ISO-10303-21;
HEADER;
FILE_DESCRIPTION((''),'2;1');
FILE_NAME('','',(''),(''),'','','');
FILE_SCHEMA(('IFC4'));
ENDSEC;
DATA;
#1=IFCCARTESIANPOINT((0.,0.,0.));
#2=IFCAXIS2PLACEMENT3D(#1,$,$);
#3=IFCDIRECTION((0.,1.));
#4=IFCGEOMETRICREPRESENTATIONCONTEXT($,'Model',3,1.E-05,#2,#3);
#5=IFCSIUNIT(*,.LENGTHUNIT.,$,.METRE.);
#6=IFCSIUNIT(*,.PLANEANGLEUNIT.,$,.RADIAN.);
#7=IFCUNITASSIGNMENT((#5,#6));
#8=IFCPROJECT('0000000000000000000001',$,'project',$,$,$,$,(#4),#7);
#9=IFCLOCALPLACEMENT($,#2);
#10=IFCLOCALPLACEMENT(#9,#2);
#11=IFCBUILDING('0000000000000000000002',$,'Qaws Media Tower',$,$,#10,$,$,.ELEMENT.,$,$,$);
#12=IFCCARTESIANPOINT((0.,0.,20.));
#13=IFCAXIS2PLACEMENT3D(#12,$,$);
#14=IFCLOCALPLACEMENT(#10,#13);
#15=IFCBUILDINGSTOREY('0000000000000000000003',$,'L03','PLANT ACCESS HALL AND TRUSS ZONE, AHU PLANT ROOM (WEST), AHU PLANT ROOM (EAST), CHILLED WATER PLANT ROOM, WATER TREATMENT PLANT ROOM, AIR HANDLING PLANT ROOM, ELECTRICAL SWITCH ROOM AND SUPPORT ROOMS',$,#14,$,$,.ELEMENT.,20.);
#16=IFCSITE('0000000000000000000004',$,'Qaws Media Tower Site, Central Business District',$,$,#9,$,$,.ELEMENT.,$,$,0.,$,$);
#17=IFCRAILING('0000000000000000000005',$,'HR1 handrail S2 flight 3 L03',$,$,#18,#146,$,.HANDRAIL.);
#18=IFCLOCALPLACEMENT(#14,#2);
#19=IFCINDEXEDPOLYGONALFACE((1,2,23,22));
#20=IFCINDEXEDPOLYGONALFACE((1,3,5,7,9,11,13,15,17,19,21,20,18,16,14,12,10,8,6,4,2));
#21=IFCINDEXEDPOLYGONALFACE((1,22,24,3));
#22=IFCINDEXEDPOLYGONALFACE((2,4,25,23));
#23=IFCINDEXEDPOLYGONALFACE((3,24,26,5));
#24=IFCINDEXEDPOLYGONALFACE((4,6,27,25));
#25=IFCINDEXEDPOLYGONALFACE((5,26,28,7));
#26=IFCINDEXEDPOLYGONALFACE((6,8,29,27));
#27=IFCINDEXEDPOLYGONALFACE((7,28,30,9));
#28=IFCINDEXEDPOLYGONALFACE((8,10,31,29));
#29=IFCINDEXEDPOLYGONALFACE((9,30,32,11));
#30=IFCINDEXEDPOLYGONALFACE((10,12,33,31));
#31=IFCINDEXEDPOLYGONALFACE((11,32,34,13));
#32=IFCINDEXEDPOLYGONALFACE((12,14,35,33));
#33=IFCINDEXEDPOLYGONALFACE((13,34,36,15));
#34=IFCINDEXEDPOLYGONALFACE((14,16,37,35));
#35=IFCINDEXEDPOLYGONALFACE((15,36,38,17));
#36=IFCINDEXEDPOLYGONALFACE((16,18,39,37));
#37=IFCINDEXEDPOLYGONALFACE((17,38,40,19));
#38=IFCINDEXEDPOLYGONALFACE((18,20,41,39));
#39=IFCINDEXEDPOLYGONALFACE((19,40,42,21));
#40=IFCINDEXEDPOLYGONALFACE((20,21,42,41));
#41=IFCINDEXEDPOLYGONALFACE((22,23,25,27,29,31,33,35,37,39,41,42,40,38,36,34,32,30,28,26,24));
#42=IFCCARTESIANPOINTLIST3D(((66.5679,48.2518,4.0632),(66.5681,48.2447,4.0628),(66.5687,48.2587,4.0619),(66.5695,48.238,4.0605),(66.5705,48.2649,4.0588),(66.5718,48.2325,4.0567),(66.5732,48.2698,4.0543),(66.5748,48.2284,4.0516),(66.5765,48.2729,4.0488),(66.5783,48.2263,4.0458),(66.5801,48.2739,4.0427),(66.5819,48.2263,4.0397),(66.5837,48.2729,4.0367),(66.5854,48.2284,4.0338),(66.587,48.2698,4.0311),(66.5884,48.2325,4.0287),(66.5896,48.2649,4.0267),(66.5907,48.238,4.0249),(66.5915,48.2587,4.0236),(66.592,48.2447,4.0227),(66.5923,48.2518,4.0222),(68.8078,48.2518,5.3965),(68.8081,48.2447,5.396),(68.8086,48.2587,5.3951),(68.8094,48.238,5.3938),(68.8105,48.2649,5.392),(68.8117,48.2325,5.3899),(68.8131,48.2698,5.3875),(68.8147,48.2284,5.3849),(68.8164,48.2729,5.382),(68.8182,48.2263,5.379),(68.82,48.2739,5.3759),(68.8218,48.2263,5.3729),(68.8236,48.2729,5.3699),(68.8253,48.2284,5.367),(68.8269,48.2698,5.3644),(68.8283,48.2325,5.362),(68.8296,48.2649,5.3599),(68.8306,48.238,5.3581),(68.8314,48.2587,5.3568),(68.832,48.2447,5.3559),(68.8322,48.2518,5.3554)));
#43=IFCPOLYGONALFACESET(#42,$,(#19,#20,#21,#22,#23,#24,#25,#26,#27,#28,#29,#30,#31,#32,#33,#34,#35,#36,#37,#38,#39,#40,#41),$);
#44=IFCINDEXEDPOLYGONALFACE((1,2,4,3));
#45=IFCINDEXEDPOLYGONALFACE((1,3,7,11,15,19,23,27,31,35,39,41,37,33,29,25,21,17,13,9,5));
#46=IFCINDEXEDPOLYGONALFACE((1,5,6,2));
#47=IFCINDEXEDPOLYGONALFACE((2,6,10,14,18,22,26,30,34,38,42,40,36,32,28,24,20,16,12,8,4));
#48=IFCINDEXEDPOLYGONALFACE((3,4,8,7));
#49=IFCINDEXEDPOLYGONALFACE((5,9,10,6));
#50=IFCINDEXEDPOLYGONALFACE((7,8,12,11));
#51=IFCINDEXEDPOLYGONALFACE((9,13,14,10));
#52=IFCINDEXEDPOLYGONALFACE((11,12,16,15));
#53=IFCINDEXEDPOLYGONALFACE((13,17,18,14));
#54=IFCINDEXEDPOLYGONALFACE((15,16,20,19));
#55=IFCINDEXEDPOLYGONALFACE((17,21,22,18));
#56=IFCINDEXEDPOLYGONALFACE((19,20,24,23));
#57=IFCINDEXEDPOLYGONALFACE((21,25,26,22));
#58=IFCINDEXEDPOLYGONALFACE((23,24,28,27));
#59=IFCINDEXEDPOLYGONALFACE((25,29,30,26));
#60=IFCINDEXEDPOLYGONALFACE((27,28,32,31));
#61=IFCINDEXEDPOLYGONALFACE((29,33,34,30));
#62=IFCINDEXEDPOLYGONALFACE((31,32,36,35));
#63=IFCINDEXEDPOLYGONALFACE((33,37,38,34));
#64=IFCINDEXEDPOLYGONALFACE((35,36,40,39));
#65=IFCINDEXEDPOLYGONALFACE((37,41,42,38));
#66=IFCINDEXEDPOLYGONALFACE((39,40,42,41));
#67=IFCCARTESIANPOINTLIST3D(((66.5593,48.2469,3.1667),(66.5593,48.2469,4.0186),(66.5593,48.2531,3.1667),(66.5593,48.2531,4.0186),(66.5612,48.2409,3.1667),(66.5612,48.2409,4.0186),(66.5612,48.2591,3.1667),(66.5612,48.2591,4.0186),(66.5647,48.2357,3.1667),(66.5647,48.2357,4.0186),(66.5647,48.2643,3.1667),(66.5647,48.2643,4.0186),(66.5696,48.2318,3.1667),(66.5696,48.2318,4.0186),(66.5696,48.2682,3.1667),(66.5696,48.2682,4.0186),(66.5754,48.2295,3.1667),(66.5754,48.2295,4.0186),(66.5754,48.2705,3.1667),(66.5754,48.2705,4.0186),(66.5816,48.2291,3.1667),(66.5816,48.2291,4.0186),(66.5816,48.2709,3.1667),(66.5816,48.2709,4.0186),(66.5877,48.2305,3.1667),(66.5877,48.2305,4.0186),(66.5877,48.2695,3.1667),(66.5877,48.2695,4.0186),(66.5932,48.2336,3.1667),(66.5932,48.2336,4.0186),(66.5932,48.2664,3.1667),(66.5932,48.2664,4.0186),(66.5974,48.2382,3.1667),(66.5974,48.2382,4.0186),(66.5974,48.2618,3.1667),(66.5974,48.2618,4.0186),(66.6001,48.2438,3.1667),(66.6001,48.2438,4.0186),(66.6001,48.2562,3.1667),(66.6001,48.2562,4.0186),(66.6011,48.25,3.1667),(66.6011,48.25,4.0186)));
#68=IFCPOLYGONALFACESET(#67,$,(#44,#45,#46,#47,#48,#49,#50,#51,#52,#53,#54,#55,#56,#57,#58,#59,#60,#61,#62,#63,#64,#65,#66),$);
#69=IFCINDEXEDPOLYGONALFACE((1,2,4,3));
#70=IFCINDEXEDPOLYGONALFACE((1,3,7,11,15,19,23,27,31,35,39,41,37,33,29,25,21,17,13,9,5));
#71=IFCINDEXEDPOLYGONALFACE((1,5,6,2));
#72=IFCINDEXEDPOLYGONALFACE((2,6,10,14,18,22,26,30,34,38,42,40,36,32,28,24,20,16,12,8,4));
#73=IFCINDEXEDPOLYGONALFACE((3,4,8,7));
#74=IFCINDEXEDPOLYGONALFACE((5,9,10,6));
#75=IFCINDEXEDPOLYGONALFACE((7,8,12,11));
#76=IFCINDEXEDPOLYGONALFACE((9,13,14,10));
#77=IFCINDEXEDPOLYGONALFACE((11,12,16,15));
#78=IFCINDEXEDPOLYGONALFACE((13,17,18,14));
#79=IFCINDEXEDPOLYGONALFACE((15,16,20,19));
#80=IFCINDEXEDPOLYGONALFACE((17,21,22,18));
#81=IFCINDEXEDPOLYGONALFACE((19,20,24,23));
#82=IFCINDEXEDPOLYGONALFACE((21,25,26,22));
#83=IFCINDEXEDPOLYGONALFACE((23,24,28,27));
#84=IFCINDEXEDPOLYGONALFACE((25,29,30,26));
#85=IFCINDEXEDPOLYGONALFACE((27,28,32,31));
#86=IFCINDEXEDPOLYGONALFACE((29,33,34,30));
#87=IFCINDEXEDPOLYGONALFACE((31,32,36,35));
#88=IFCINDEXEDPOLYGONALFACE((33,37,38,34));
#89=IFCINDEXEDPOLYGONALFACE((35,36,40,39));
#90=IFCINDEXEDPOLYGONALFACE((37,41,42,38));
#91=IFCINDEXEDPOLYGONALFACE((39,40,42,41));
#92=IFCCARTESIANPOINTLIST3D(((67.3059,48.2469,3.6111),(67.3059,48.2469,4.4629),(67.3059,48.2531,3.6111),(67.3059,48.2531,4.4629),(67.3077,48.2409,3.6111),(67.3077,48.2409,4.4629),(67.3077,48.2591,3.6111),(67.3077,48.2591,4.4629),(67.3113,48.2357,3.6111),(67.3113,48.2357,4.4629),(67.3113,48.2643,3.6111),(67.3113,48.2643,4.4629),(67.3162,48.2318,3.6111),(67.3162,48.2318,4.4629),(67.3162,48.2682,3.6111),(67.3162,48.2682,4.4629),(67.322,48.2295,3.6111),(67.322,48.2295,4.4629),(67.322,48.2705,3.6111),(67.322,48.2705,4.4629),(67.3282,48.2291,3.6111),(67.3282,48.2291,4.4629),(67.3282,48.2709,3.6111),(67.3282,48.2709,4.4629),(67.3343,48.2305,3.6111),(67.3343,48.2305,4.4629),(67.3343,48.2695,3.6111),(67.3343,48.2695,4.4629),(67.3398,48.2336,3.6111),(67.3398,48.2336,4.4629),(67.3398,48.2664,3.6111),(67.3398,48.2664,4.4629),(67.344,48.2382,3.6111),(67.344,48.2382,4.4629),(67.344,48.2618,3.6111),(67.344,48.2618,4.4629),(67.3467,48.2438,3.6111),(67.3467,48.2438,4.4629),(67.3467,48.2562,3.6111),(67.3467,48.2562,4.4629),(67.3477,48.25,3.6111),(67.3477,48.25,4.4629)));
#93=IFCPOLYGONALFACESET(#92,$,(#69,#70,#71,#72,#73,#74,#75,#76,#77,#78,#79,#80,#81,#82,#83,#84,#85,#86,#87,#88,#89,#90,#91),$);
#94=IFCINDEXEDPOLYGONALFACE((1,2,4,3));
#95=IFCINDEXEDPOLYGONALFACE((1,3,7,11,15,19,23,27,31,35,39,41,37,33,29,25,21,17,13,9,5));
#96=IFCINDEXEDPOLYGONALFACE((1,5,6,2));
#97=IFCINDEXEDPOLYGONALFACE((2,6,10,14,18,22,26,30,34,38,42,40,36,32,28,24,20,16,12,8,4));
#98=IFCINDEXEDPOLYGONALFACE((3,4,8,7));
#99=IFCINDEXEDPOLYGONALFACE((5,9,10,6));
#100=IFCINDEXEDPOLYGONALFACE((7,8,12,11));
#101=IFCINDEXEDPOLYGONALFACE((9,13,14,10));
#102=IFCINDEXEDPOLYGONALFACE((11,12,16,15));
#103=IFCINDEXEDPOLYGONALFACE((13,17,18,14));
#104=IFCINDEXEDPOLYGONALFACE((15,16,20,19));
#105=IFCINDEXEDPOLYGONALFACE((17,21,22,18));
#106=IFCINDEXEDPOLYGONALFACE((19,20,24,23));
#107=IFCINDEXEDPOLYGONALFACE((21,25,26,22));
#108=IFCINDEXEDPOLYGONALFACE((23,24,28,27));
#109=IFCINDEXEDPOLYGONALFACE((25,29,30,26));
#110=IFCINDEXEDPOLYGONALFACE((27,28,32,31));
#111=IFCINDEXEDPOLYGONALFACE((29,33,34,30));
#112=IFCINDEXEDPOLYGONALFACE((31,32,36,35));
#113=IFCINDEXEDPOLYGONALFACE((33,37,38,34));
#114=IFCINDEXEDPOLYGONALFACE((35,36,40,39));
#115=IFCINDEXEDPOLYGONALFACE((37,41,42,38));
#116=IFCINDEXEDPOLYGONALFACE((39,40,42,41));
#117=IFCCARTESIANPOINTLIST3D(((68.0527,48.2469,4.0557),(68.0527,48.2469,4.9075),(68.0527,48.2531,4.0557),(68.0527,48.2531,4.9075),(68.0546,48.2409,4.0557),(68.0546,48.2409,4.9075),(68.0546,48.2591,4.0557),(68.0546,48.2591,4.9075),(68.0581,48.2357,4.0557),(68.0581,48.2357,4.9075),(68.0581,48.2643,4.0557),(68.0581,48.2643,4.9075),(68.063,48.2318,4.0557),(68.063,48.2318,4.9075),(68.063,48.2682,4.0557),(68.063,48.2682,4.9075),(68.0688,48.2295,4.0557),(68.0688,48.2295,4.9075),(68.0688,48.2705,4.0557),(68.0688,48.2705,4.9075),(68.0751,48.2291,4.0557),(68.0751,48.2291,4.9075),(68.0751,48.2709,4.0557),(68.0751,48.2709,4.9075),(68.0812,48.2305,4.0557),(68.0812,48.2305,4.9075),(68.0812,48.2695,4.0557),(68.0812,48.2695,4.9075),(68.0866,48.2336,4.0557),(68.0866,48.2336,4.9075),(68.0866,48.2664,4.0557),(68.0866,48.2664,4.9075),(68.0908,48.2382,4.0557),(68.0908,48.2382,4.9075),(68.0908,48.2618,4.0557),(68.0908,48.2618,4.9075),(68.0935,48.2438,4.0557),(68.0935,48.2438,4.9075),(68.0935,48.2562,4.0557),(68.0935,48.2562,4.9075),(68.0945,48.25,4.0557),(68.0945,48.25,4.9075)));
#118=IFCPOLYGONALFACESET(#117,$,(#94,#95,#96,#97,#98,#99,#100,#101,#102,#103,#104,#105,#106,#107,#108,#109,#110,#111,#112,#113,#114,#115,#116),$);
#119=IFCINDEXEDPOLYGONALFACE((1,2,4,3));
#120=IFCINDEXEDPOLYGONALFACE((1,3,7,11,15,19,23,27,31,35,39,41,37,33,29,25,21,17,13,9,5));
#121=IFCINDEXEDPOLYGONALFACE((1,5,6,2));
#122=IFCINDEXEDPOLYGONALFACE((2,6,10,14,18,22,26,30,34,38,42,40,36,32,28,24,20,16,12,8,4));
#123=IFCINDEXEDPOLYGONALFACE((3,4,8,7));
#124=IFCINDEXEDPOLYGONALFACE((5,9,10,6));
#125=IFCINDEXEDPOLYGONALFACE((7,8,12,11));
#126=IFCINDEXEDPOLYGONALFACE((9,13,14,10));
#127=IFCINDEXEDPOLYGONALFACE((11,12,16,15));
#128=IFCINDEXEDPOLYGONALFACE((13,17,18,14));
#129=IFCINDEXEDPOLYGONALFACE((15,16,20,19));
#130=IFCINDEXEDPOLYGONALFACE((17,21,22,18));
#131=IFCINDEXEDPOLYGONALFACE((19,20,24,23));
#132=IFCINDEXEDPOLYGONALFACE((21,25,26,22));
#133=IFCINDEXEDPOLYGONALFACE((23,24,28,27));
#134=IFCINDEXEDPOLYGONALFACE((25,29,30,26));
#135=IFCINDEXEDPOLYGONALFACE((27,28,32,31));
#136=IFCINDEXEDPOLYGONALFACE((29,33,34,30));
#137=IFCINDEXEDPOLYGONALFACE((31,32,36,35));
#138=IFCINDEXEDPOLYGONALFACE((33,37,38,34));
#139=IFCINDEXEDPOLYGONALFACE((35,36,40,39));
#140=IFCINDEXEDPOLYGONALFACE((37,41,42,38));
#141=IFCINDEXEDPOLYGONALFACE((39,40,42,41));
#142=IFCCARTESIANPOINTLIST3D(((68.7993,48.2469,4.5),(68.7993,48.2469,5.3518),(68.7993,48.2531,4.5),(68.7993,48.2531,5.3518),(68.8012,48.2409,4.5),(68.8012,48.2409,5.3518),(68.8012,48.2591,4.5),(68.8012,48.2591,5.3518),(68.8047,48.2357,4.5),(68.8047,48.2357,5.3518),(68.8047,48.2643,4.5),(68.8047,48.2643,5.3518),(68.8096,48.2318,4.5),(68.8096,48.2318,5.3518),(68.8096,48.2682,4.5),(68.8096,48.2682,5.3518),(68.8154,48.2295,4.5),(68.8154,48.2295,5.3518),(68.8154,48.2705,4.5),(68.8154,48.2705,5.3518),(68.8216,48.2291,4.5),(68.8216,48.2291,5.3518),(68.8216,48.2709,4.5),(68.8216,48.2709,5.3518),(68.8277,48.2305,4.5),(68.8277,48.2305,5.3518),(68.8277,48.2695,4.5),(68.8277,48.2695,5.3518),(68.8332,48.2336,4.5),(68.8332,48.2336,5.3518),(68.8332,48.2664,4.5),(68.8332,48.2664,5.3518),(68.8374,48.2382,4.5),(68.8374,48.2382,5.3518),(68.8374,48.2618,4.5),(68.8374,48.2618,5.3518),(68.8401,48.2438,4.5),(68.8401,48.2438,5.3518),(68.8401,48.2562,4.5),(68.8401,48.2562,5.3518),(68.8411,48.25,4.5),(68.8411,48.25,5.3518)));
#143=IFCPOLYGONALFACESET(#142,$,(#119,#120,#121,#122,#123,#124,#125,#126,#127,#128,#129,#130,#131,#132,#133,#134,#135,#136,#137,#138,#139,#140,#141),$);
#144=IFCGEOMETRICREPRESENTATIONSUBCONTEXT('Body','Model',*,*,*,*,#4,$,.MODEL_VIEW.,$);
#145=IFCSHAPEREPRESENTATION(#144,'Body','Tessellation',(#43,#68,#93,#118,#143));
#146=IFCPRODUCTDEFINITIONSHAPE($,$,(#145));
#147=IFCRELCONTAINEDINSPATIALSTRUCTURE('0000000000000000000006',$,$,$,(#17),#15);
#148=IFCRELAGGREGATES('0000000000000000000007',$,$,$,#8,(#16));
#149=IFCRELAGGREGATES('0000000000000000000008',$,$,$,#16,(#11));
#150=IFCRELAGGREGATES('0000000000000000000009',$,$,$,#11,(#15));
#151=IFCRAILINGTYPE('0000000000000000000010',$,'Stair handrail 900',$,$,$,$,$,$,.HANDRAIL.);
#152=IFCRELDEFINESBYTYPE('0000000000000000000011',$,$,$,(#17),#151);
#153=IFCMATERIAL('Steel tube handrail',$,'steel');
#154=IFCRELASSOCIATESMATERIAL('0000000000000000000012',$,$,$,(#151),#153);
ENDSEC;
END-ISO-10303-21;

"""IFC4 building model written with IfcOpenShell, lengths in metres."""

from ifc_helpers import new_model, si_unit, direction, frame, origin, origin_2d, place, context, subcontext, project, spatial, circle, extrude, material, type_object, element, save


model = new_model("IFC4")

# Units and contexts
model_context = context("Model", 3, precision=1e-05, world=origin(), true_north=direction((0.0, 1.0)))
body_context = subcontext(model_context, "Body", "Model", "MODEL_VIEW")
ifc_project = project(units=[si_unit("LENGTHUNIT", "METRE"), si_unit("PLANEANGLEUNIT", "RADIAN")], contexts=[model_context])

# Site, building, storey
site_placement = place(None, origin())
site = spatial("IfcSite", under=ifc_project, at=site_placement, Name="Qaws Media Tower Site, Central Business District", CompositionType="ELEMENT", RefElevation=0.0)
building_placement = place(site_placement, origin())
building = spatial("IfcBuilding", under=site, at=building_placement, Name="Qaws Media Tower", CompositionType="ELEMENT")
storey_placement = place(building_placement, frame((0.0, 0.0, 20.0)))
storey = spatial("IfcBuildingStorey", under=building, at=storey_placement, Name="L03", Description="PLANT ACCESS HALL AND TRUSS ZONE, AHU PLANT ROOM (WEST), AHU PLANT ROOM (EAST), CHILLED WATER PLANT ROOM, WATER TREATMENT PLANT ROOM, AIR HANDLING PLANT ROOM, ELECTRICAL SWITCH ROOM AND SUPPORT ROOMS", CompositionType="ELEMENT", Elevation=20.0)

# Railing
ifc_material_1 = material(Name="Steel tube handrail", Category="steel")
railing_type = type_object("IfcRailingType", Name="Stair handrail 900", PredefinedType="HANDRAIL", material=ifc_material_1)
railing_placement = place(storey_placement, frame((66.5801, 48.25, 3.1667)))
element("IfcRailing", 1, at=railing_placement, inside=storey, type_object=railing_type, Name="HR1 handrail S2 flight 3 L03", PredefinedType="HANDRAIL", context=body_context, shape_type="SweptSolid", body=[
    extrude(circle(Radius=0.0239, at=origin_2d()), frame((0.0, 0.0, 0.876), z_axis=(0.859306, 0.0, 0.511462), x_axis=(0.0, 1.0, 0.0)), (0.0, 0.0, 1.0), 2.6067),
    extrude(circle(Radius=0.021, at=origin_2d()), origin(), (0.0, 0.0, 1.0), 0.8518),
    extrude(circle(Radius=0.021, at=origin_2d()), frame((0.7466, 0.0, 0.4443)), (0.0, 0.0, 1.0), 0.8518),
    extrude(circle(Radius=0.021, at=origin_2d()), frame((1.4934, 0.0, 0.8889)), (0.0, 0.0, 1.0), 0.8518),
    extrude(circle(Radius=0.021, at=origin_2d()), frame((2.24, 0.0, 1.3333)), (0.0, 0.0, 1.0), 0.8518),
])

save(model, "model.ifc")
